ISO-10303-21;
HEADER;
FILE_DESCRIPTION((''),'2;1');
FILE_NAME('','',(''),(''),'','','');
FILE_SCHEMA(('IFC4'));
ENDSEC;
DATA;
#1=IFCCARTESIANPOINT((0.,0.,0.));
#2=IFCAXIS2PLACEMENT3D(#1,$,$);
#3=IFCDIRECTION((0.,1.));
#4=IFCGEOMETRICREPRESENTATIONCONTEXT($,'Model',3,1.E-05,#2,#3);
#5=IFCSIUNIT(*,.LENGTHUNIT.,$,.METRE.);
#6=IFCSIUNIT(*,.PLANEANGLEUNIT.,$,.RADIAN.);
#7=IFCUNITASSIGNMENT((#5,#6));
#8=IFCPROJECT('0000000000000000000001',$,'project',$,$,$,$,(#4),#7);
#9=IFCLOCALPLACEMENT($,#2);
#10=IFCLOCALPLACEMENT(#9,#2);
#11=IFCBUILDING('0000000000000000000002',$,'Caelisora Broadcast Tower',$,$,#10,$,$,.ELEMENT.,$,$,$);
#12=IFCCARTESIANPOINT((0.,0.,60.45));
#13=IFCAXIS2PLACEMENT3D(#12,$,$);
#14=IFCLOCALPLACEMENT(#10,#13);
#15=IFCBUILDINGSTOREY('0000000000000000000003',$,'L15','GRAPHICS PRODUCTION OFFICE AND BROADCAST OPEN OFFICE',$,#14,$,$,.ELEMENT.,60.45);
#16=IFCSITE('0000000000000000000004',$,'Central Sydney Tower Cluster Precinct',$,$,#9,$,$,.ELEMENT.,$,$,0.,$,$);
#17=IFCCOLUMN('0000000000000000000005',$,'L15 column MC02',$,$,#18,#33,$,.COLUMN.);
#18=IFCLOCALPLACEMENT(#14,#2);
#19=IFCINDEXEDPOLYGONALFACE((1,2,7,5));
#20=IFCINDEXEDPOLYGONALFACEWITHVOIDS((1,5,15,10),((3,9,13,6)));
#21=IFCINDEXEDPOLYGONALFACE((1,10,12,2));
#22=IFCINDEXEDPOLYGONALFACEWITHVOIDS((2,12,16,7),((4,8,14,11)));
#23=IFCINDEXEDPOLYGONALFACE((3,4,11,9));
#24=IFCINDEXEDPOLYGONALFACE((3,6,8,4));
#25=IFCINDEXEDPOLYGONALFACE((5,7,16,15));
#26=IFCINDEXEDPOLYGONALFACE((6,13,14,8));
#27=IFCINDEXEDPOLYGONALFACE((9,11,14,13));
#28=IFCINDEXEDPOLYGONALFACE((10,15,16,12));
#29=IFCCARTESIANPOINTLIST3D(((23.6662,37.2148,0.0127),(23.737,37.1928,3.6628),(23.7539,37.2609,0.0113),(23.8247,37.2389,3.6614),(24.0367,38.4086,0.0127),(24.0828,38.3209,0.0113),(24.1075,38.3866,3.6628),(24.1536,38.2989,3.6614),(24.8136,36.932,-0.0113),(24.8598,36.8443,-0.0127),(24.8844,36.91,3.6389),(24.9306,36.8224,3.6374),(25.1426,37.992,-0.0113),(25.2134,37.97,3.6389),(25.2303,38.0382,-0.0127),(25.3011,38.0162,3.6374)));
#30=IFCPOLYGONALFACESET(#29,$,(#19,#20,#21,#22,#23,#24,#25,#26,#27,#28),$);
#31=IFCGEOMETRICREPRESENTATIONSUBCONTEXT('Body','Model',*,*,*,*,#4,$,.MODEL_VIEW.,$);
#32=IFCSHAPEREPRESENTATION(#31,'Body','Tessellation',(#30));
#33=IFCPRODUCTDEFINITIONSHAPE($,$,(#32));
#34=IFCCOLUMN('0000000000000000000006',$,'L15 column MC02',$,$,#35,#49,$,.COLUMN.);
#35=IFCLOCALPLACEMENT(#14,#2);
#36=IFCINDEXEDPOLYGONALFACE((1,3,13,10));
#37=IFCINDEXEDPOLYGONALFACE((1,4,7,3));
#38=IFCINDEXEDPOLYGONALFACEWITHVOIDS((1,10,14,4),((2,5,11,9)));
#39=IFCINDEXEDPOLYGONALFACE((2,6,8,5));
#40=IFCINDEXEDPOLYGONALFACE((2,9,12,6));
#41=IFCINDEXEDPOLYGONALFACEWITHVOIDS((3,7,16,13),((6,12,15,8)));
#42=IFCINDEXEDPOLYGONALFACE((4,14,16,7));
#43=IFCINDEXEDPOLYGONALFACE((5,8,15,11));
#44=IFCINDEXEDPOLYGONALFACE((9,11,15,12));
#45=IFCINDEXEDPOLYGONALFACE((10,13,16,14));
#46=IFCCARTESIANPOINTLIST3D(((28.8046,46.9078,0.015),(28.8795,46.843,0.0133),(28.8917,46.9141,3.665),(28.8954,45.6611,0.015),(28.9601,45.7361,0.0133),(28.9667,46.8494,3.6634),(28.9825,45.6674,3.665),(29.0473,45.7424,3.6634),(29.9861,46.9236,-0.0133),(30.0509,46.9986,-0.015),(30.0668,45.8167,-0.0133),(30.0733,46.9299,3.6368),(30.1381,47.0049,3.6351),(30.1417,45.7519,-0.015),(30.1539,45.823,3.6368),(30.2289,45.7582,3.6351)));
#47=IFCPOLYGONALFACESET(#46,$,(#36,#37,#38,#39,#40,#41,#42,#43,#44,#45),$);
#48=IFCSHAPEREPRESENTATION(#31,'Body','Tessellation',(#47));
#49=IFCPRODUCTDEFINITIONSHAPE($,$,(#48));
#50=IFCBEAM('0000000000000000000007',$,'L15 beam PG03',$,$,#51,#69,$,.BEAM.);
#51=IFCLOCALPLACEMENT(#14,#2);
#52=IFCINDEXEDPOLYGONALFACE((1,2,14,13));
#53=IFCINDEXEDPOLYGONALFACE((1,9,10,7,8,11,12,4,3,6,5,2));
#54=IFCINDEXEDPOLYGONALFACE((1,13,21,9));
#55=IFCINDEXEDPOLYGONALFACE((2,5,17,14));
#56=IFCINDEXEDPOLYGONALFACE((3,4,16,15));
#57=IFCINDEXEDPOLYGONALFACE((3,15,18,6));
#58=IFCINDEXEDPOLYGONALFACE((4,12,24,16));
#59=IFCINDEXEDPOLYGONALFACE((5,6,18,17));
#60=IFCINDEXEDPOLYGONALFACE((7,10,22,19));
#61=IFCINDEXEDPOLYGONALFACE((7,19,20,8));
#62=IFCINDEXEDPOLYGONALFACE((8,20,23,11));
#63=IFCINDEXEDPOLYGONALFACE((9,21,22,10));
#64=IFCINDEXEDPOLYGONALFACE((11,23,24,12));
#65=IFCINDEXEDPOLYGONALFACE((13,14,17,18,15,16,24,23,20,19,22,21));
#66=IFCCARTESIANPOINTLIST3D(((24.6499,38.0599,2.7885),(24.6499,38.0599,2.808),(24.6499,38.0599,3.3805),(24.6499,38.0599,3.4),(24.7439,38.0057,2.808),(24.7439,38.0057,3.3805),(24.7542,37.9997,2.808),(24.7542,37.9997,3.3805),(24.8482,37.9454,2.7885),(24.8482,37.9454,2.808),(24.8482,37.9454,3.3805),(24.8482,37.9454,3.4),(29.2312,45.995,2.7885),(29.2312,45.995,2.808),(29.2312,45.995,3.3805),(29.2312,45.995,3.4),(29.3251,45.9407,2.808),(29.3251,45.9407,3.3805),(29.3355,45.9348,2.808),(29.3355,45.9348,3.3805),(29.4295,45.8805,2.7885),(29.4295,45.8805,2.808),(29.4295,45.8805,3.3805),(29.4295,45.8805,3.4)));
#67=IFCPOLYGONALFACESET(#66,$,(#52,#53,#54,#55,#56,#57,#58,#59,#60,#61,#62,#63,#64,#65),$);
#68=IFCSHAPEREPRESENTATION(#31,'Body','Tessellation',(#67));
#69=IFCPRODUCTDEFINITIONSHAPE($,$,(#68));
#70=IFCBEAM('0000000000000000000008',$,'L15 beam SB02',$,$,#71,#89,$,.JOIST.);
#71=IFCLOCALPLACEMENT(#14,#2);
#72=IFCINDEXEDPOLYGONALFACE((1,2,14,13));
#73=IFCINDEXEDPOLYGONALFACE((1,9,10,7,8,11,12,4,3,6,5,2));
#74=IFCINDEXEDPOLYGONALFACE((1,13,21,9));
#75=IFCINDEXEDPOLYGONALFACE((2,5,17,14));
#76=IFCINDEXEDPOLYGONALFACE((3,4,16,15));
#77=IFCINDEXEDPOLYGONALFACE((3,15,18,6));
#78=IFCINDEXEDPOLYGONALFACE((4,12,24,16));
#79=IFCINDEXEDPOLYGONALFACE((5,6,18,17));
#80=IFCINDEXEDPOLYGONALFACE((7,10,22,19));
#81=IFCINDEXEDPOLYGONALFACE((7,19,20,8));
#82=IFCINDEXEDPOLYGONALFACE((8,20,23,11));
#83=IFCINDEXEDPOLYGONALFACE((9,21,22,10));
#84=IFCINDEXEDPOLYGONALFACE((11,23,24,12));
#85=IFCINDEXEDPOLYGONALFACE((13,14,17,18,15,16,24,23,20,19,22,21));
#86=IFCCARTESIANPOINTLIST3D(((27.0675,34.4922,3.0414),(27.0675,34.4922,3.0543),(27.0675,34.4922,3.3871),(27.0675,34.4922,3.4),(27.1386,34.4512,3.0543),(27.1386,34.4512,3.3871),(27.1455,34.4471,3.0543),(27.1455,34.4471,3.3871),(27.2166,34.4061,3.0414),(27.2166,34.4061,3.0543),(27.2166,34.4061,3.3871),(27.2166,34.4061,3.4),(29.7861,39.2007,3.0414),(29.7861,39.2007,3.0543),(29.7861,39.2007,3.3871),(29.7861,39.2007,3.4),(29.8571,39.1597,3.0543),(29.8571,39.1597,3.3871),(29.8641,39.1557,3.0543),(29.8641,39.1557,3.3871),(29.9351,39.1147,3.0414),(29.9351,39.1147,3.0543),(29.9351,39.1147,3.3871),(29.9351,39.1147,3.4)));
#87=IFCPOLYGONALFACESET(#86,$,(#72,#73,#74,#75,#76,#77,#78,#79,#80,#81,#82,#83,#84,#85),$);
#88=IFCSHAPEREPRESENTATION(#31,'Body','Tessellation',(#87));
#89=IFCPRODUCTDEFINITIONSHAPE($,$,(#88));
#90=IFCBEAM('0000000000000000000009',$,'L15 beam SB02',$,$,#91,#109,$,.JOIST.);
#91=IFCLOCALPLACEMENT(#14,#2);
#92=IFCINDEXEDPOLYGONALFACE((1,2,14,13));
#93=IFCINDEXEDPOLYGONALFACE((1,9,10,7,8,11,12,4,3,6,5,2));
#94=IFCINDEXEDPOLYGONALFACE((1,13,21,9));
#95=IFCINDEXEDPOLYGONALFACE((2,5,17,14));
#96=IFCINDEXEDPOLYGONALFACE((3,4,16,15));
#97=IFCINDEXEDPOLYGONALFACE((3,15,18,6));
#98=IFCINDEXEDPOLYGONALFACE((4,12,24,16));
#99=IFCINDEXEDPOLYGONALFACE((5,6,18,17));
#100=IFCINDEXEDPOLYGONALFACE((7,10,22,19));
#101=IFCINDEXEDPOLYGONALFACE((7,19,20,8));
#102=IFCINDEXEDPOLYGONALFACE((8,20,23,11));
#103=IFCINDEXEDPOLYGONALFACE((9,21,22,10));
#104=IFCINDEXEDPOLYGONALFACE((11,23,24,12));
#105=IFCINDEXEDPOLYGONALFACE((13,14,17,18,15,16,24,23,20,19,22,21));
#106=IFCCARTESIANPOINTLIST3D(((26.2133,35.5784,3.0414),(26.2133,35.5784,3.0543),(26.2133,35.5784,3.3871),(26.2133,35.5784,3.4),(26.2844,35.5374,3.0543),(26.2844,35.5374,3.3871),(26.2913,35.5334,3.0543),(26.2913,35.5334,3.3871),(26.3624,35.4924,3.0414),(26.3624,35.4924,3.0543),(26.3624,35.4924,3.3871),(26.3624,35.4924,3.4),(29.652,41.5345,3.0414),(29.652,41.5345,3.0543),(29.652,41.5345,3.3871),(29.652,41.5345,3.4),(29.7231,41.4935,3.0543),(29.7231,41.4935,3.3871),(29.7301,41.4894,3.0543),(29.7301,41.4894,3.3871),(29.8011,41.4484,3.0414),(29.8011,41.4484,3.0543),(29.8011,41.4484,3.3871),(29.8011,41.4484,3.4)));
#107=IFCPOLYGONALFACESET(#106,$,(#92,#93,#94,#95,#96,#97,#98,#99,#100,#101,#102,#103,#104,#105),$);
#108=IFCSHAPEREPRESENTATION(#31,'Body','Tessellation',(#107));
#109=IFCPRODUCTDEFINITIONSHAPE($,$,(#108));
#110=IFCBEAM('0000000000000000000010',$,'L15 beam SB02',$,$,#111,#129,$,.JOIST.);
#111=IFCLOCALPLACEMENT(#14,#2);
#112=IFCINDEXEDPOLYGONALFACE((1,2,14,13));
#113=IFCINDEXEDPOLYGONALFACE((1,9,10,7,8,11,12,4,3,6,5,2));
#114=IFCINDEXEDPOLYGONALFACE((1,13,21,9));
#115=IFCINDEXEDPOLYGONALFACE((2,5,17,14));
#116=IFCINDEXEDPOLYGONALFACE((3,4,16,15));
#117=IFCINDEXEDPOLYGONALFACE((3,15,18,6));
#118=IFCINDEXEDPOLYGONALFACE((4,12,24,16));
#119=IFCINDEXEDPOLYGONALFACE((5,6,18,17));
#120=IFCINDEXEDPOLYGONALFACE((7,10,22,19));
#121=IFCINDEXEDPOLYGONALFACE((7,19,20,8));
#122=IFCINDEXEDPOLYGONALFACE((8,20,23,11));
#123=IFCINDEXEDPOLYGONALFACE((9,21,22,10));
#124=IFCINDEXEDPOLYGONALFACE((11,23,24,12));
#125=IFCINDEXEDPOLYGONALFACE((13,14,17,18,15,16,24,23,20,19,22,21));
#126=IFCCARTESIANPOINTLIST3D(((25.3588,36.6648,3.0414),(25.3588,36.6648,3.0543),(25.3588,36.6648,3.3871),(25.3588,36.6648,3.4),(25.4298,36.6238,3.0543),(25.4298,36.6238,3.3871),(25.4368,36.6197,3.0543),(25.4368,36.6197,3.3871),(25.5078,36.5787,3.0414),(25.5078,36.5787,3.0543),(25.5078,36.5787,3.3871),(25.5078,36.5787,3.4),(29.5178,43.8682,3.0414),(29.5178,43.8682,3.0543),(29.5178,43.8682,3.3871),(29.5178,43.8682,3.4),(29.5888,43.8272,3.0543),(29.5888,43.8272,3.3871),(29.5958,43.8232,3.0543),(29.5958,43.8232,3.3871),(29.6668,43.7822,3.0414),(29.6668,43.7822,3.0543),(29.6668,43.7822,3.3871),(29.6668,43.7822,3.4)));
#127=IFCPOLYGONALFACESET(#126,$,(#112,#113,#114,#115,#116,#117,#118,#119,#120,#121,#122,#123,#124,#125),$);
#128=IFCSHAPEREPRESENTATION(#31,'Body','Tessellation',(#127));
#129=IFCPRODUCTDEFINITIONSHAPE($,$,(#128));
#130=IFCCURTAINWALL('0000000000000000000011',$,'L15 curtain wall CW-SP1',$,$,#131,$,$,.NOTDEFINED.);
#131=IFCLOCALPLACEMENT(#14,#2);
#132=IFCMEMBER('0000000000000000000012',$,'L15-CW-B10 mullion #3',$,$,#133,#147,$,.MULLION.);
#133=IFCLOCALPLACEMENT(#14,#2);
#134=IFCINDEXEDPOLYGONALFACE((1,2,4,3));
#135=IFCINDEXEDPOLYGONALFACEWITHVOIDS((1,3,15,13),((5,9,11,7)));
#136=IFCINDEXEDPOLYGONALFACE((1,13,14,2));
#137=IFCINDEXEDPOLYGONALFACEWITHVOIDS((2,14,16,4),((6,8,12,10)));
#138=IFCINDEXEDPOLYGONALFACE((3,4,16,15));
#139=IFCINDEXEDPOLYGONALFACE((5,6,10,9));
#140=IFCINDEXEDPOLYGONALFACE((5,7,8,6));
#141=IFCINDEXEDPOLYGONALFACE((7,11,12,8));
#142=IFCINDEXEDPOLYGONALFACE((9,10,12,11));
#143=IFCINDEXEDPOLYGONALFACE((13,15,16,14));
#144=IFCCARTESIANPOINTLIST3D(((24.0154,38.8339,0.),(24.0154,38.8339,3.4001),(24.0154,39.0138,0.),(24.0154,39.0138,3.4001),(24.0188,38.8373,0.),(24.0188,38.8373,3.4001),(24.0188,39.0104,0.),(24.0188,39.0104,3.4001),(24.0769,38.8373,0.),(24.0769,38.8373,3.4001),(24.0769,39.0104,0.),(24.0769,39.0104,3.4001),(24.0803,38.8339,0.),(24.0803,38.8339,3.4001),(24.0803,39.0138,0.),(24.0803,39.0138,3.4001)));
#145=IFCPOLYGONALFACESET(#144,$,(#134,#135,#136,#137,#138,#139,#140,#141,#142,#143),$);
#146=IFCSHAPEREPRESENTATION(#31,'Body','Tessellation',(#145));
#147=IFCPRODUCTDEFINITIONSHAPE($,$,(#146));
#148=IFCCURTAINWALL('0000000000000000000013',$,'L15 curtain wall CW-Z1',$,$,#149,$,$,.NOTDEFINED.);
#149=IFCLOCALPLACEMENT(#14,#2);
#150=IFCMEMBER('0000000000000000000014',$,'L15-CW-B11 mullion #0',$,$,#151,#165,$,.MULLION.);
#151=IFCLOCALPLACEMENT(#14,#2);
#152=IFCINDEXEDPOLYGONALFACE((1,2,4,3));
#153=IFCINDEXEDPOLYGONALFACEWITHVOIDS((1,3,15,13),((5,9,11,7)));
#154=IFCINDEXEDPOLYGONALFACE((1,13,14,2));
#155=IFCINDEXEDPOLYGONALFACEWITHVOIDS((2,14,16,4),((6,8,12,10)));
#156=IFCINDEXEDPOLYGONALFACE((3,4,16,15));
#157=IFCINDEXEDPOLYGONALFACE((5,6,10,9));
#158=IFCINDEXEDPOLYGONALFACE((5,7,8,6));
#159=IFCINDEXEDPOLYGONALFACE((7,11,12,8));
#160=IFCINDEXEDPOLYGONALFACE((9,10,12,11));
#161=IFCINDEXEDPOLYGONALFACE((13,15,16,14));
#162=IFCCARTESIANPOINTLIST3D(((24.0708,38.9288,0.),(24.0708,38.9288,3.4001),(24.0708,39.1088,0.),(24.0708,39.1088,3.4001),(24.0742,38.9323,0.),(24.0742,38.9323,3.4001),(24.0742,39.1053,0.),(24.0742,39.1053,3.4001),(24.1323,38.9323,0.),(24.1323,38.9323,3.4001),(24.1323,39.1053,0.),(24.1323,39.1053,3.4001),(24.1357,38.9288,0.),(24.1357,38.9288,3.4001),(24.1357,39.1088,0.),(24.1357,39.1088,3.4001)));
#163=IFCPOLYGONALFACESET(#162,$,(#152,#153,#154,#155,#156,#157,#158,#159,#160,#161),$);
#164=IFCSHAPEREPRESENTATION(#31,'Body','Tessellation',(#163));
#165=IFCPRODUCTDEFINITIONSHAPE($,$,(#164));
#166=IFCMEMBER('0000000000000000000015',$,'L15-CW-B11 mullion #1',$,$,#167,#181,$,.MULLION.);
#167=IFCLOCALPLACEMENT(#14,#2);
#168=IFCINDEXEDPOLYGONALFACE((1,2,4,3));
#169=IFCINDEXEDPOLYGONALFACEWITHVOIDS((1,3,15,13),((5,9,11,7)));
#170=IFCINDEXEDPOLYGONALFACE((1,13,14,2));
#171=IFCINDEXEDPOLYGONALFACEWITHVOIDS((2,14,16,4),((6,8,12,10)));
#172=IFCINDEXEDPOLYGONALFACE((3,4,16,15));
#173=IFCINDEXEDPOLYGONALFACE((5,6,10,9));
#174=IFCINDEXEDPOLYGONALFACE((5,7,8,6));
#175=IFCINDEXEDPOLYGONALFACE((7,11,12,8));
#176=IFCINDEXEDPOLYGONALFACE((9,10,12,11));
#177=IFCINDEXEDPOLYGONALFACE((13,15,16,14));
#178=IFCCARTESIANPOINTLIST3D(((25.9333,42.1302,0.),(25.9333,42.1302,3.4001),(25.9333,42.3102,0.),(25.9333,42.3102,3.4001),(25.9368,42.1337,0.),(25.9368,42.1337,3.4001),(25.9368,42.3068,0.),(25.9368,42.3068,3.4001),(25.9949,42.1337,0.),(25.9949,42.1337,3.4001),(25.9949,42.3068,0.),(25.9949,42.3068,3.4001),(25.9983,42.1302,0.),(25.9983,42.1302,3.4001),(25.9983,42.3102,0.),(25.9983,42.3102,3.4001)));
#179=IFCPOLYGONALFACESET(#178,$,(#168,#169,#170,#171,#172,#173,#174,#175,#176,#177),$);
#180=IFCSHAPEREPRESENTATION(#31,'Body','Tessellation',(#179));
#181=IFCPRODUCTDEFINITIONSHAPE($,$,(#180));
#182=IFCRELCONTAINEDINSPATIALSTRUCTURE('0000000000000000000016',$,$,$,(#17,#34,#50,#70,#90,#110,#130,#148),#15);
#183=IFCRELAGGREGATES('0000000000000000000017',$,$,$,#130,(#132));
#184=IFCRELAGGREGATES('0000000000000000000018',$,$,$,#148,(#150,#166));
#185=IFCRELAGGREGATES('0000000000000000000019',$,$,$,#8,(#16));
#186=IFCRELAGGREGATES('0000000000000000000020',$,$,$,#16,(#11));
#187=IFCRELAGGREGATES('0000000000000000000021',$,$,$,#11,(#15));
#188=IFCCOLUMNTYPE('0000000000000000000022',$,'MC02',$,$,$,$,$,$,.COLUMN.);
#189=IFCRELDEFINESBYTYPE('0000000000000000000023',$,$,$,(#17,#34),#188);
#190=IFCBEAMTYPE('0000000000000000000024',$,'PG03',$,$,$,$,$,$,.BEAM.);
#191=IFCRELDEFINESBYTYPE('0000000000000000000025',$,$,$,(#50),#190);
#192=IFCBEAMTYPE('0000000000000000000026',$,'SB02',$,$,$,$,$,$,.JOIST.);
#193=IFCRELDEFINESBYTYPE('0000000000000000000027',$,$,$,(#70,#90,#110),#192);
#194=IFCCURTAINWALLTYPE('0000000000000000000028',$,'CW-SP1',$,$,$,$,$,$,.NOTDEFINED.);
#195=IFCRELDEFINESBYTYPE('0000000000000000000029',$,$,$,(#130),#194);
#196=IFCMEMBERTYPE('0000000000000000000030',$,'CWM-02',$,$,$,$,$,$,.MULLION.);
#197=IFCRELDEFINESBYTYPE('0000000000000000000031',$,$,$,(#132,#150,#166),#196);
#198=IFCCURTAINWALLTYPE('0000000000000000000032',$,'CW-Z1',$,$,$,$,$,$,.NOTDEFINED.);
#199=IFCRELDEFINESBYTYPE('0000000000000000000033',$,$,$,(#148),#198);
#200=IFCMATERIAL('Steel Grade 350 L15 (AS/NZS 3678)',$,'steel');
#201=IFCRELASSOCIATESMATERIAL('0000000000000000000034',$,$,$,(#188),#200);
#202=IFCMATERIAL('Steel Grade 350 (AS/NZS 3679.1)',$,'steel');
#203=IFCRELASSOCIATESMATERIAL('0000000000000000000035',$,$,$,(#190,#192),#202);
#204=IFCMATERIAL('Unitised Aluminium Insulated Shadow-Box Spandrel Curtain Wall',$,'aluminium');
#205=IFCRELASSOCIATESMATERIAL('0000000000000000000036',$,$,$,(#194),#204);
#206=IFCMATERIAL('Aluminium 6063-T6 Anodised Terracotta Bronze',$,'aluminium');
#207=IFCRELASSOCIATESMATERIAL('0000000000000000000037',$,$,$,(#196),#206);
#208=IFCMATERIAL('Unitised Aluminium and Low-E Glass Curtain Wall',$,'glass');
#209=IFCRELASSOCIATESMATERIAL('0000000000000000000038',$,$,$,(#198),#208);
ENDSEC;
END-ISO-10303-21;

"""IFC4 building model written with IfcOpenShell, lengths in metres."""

from ifc_helpers import new_model, si_unit, direction, frame, origin, origin_2d, place, context, subcontext, project, spatial, hollow_rectangle, i_section, extrude, source, transform, mapped, material, material_profile, profile_set, type_object, type_shapes, element, aggregate, save


model = new_model("IFC4")

# Units and contexts
model_context = context("Model", 3, precision=1e-05, world=origin(), true_north=direction((0.0, 1.0)))
body_context = subcontext(model_context, "Body", "Model", "MODEL_VIEW")
ifc_project = project(units=[si_unit("LENGTHUNIT", "METRE"), si_unit("PLANEANGLEUNIT", "RADIAN")], contexts=[model_context])

# Site, building, storey
site_placement = place(None, origin())
site = spatial("IfcSite", under=ifc_project, at=site_placement, Name="Central Sydney Tower Cluster Precinct", CompositionType="ELEMENT", RefElevation=0.0)
building_placement = place(site_placement, origin())
building = spatial("IfcBuilding", under=site, at=building_placement, Name="Caelisora Broadcast Tower", CompositionType="ELEMENT")
storey_placement = place(building_placement, frame((0.0, 0.0, 60.45)))
storey = spatial("IfcBuildingStorey", under=building, at=storey_placement, Name="L15", Description="GRAPHICS PRODUCTION OFFICE AND BROADCAST OPEN OFFICE", CompositionType="ELEMENT", Elevation=60.45)

# Columns
ifc_material_1 = material(Name="Steel Grade 350 L15 (AS/NZS 3678)", Category="steel")
ifc_material_profile_1 = material_profile(ifc_material_1, hollow_rectangle(XDim=1.25, YDim=1.25, WallThickness=0.0701, at=origin_2d()), Name="Steel Grade 350 L15 (AS/NZS 3678)")
ifc_profile_set_1 = profile_set([ifc_material_profile_1], Name="Steel Grade 350 L15 (AS/NZS 3678)")
column_type = type_object("IfcColumnType", Name="MC02", PredefinedType="COLUMN", material=ifc_profile_set_1)
shared_shape_1 = source(origin(), body_context, "Body", "SweptSolid", [
    extrude(hollow_rectangle(XDim=1.25, YDim=1.25, WallThickness=0.0701, at=origin_2d()), origin(), (0.0, 0.0, 1.0), 3.6509),
])
column_1_placement = place(storey_placement, frame((24.4482, 37.6265, 0.0), z_axis=(0.019393, -0.006018, 0.999794), x_axis=(0.296399, 0.955064, 0.0)))
element("IfcColumn", 1, at=column_1_placement, inside=storey, type_object=column_type, Name="L15 column MC02", PredefinedType="COLUMN", context=body_context, shape_type="MappedRepresentation", body=[
    mapped(shared_shape_1, transform((0.0, 0.0, 0.0), scale=1.0)),
])
shared_shape_2 = source(origin(), body_context, "Body", "SweptSolid", [
    extrude(hollow_rectangle(XDim=1.25, YDim=1.25, WallThickness=0.0701, at=origin_2d()), origin(), (0.0, 0.0, 1.0), 3.6511),
])
type_shapes(column_type, [shared_shape_1, shared_shape_2])
column_2_placement = place(storey_placement, frame((29.4731, 46.3298, 0.0), z_axis=(0.023871, 0.001739, 0.999714), x_axis=(-0.072637, 0.997358, 0.0)))
element("IfcColumn", 2, at=column_2_placement, inside=storey, type_object=column_type, Name="L15 column MC02", PredefinedType="COLUMN", context=body_context, shape_type="MappedRepresentation", body=[
    mapped(shared_shape_2, transform((0.0, 0.0, 0.0), scale=1.0)),
])

# Beams
ifc_material_2 = material(Name="Steel Grade 350 (AS/NZS 3679.1)", Category="steel")
ifc_material_profile_2 = material_profile(ifc_material_2, i_section(OverallWidth=0.229, OverallDepth=0.6116, WebThickness=0.012, FlangeThickness=0.0195, at=origin_2d()), Name="Steel Grade 350 (AS/NZS 3679.1)")
ifc_profile_set_2 = profile_set([ifc_material_profile_2], Name="Steel Grade 350 (AS/NZS 3679.1)")
beam_type_1 = type_object("IfcBeamType", Name="PG03", PredefinedType="BEAM", material=ifc_profile_set_2)
shared_shape_3 = source(origin(), body_context, "Body", "SweptSolid", [
    extrude(i_section(OverallWidth=0.229, OverallDepth=0.6116, WebThickness=0.012, FlangeThickness=0.0195, at=origin_2d()), origin(), (0.0, 0.0, 1.0), 9.1626),
])
type_shapes(beam_type_1, [shared_shape_3])
beam_1_placement = place(storey_placement, frame((29.3303, 45.9377, 3.0942), z_axis=(-0.499999, -0.866026, 0.0), x_axis=(0.866026, -0.499999, 0.0)))
element("IfcBeam", 3, at=beam_1_placement, inside=storey, type_object=beam_type_1, Name="L15 beam PG03", PredefinedType="BEAM", context=body_context, shape_type="MappedRepresentation", body=[
    mapped(shared_shape_3, transform((0.0, 0.0, 0.0), scale=1.0)),
])
ifc_material_profile_3 = material_profile(ifc_material_2, i_section(OverallWidth=0.1721, OverallDepth=0.3586, WebThickness=0.0081, FlangeThickness=0.0129, at=origin_2d()), Name="Steel Grade 350 (AS/NZS 3679.1)")
ifc_profile_set_3 = profile_set([ifc_material_profile_3], Name="Steel Grade 350 (AS/NZS 3679.1)")
beam_type_2 = type_object("IfcBeamType", Name="SB02", PredefinedType="JOIST", material=ifc_profile_set_3)
shared_shape_4 = source(origin(), body_context, "Body", "SweptSolid", [
    extrude(i_section(OverallWidth=0.1721, OverallDepth=0.3586, WebThickness=0.0081, FlangeThickness=0.0129, at=origin_2d()), origin(), (0.0, 0.0, 1.0), 5.437),
])
beam_2_placement = place(storey_placement, frame((29.8606, 39.1577, 3.2207), z_axis=(-0.500008, -0.866021, 0.0), x_axis=(0.866021, -0.500008, 0.0)))
element("IfcBeam", 4, at=beam_2_placement, inside=storey, type_object=beam_type_2, Name="L15 beam SB02", PredefinedType="JOIST", context=body_context, shape_type="MappedRepresentation", body=[
    mapped(shared_shape_4, transform((0.0, 0.0, 0.0), scale=1.0)),
])
shared_shape_5 = source(origin(), body_context, "Body", "SweptSolid", [
    extrude(i_section(OverallWidth=0.1721, OverallDepth=0.3586, WebThickness=0.0081, FlangeThickness=0.0129, at=origin_2d()), origin(), (0.0, 0.0, 1.0), 6.8774),
])
beam_3_placement = place(storey_placement, frame((29.7266, 41.4915, 3.2207), z_axis=(-0.499999, -0.866026, 0.0), x_axis=(0.866026, -0.499999, 0.0)))
element("IfcBeam", 5, at=beam_3_placement, inside=storey, type_object=beam_type_2, Name="L15 beam SB02", PredefinedType="JOIST", context=body_context, shape_type="MappedRepresentation", body=[
    mapped(shared_shape_5, transform((0.0, 0.0, 0.0), scale=1.0)),
])
shared_shape_6 = source(origin(), body_context, "Body", "SweptSolid", [
    extrude(i_section(OverallWidth=0.1721, OverallDepth=0.3586, WebThickness=0.0081, FlangeThickness=0.0129, at=origin_2d()), origin(), (0.0, 0.0, 1.0), 8.3179),
])
type_shapes(beam_type_2, [shared_shape_4, shared_shape_5, shared_shape_6])
beam_4_placement = place(storey_placement, frame((29.5923, 43.8252, 3.2207), z_axis=(-0.500006, -0.866022, 0.0), x_axis=(0.866022, -0.500006, 0.0)))
element("IfcBeam", 6, at=beam_4_placement, inside=storey, type_object=beam_type_2, Name="L15 beam SB02", PredefinedType="JOIST", context=body_context, shape_type="MappedRepresentation", body=[
    mapped(shared_shape_6, transform((0.0, 0.0, 0.0), scale=1.0)),
])

# Curtain wall, member
ifc_material_3 = material(Name="Unitised Aluminium Insulated Shadow-Box Spandrel Curtain Wall", Category="aluminium")
curtain_wall_type_1 = type_object("IfcCurtainWallType", Name="CW-SP1", PredefinedType="NOTDEFINED", material=ifc_material_3)
curtain_wall_1_placement = place(storey_placement, origin())
curtain_wall_1 = element("IfcCurtainWall", 7, at=curtain_wall_1_placement, inside=storey, type_object=curtain_wall_type_1, Name="L15 curtain wall CW-SP1", PredefinedType="NOTDEFINED")
ifc_material_4 = material(Name="Aluminium 6063-T6 Anodised Terracotta Bronze", Category="aluminium")
ifc_material_profile_4 = material_profile(ifc_material_4, hollow_rectangle(XDim=0.0649, YDim=0.1799, WallThickness=0.0034, at=origin_2d()), Name="Aluminium 6063-T6 Anodised Terracotta Bronze")
ifc_profile_set_4 = profile_set([ifc_material_profile_4], Name="Aluminium 6063-T6 Anodised Terracotta Bronze")
member_type_1 = type_object("IfcMemberType", Name="CWM-02", PredefinedType="MULLION", material=ifc_profile_set_4)
shared_shape_7 = source(origin(), body_context, "Body", "SweptSolid", [
    extrude(hollow_rectangle(XDim=0.0649, YDim=0.1799, WallThickness=0.0034, at=origin_2d()), origin(), (0.0, 0.0, 1.0), 3.4001),
])
type_shapes(member_type_1, [shared_shape_7])
member_1_placement = place(storey_placement, frame((24.0479, 38.9238, 0.0), z_axis=(0.0, 0.0, 1.0), x_axis=(1.0, 0.0, 0.0)))
member_1 = element("IfcMember", 8, at=member_1_placement, type_object=member_type_1, Name="L15-CW-B10 mullion #3", PredefinedType="MULLION", context=body_context, shape_type="MappedRepresentation", body=[
    mapped(shared_shape_7, transform((0.0, 0.0, 0.0), scale=1.0)),
])
aggregate(curtain_wall_1, [member_1])

# Curtain wall, members
ifc_material_5 = material(Name="Unitised Aluminium and Low-E Glass Curtain Wall", Category="glass")
curtain_wall_type_2 = type_object("IfcCurtainWallType", Name="CW-Z1", PredefinedType="NOTDEFINED", material=ifc_material_5)
curtain_wall_2_placement = place(storey_placement, origin())
curtain_wall_2 = element("IfcCurtainWall", 9, at=curtain_wall_2_placement, inside=storey, type_object=curtain_wall_type_2, Name="L15 curtain wall CW-Z1", PredefinedType="NOTDEFINED")
member_2_placement = place(storey_placement, frame((24.1033, 39.0188, 0.0), z_axis=(0.0, 0.0, 1.0), x_axis=(1.0, 0.0, 0.0)))
member_2 = element("IfcMember", 10, at=member_2_placement, type_object=member_type_1, Name="L15-CW-B11 mullion #0", PredefinedType="MULLION", context=body_context, shape_type="MappedRepresentation", body=[
    mapped(shared_shape_7, transform((0.0, 0.0, 0.0), scale=1.0)),
])
member_3_placement = place(storey_placement, frame((25.9658, 42.2202, 0.0), z_axis=(0.0, 0.0, 1.0), x_axis=(1.0, 0.0, 0.0)))
member_3 = element("IfcMember", 11, at=member_3_placement, type_object=member_type_1, Name="L15-CW-B11 mullion #1", PredefinedType="MULLION", context=body_context, shape_type="MappedRepresentation", body=[
    mapped(shared_shape_7, transform((0.0, 0.0, 0.0), scale=1.0)),
])
aggregate(curtain_wall_2, [member_2, member_3])

save(model, "model.ifc")
